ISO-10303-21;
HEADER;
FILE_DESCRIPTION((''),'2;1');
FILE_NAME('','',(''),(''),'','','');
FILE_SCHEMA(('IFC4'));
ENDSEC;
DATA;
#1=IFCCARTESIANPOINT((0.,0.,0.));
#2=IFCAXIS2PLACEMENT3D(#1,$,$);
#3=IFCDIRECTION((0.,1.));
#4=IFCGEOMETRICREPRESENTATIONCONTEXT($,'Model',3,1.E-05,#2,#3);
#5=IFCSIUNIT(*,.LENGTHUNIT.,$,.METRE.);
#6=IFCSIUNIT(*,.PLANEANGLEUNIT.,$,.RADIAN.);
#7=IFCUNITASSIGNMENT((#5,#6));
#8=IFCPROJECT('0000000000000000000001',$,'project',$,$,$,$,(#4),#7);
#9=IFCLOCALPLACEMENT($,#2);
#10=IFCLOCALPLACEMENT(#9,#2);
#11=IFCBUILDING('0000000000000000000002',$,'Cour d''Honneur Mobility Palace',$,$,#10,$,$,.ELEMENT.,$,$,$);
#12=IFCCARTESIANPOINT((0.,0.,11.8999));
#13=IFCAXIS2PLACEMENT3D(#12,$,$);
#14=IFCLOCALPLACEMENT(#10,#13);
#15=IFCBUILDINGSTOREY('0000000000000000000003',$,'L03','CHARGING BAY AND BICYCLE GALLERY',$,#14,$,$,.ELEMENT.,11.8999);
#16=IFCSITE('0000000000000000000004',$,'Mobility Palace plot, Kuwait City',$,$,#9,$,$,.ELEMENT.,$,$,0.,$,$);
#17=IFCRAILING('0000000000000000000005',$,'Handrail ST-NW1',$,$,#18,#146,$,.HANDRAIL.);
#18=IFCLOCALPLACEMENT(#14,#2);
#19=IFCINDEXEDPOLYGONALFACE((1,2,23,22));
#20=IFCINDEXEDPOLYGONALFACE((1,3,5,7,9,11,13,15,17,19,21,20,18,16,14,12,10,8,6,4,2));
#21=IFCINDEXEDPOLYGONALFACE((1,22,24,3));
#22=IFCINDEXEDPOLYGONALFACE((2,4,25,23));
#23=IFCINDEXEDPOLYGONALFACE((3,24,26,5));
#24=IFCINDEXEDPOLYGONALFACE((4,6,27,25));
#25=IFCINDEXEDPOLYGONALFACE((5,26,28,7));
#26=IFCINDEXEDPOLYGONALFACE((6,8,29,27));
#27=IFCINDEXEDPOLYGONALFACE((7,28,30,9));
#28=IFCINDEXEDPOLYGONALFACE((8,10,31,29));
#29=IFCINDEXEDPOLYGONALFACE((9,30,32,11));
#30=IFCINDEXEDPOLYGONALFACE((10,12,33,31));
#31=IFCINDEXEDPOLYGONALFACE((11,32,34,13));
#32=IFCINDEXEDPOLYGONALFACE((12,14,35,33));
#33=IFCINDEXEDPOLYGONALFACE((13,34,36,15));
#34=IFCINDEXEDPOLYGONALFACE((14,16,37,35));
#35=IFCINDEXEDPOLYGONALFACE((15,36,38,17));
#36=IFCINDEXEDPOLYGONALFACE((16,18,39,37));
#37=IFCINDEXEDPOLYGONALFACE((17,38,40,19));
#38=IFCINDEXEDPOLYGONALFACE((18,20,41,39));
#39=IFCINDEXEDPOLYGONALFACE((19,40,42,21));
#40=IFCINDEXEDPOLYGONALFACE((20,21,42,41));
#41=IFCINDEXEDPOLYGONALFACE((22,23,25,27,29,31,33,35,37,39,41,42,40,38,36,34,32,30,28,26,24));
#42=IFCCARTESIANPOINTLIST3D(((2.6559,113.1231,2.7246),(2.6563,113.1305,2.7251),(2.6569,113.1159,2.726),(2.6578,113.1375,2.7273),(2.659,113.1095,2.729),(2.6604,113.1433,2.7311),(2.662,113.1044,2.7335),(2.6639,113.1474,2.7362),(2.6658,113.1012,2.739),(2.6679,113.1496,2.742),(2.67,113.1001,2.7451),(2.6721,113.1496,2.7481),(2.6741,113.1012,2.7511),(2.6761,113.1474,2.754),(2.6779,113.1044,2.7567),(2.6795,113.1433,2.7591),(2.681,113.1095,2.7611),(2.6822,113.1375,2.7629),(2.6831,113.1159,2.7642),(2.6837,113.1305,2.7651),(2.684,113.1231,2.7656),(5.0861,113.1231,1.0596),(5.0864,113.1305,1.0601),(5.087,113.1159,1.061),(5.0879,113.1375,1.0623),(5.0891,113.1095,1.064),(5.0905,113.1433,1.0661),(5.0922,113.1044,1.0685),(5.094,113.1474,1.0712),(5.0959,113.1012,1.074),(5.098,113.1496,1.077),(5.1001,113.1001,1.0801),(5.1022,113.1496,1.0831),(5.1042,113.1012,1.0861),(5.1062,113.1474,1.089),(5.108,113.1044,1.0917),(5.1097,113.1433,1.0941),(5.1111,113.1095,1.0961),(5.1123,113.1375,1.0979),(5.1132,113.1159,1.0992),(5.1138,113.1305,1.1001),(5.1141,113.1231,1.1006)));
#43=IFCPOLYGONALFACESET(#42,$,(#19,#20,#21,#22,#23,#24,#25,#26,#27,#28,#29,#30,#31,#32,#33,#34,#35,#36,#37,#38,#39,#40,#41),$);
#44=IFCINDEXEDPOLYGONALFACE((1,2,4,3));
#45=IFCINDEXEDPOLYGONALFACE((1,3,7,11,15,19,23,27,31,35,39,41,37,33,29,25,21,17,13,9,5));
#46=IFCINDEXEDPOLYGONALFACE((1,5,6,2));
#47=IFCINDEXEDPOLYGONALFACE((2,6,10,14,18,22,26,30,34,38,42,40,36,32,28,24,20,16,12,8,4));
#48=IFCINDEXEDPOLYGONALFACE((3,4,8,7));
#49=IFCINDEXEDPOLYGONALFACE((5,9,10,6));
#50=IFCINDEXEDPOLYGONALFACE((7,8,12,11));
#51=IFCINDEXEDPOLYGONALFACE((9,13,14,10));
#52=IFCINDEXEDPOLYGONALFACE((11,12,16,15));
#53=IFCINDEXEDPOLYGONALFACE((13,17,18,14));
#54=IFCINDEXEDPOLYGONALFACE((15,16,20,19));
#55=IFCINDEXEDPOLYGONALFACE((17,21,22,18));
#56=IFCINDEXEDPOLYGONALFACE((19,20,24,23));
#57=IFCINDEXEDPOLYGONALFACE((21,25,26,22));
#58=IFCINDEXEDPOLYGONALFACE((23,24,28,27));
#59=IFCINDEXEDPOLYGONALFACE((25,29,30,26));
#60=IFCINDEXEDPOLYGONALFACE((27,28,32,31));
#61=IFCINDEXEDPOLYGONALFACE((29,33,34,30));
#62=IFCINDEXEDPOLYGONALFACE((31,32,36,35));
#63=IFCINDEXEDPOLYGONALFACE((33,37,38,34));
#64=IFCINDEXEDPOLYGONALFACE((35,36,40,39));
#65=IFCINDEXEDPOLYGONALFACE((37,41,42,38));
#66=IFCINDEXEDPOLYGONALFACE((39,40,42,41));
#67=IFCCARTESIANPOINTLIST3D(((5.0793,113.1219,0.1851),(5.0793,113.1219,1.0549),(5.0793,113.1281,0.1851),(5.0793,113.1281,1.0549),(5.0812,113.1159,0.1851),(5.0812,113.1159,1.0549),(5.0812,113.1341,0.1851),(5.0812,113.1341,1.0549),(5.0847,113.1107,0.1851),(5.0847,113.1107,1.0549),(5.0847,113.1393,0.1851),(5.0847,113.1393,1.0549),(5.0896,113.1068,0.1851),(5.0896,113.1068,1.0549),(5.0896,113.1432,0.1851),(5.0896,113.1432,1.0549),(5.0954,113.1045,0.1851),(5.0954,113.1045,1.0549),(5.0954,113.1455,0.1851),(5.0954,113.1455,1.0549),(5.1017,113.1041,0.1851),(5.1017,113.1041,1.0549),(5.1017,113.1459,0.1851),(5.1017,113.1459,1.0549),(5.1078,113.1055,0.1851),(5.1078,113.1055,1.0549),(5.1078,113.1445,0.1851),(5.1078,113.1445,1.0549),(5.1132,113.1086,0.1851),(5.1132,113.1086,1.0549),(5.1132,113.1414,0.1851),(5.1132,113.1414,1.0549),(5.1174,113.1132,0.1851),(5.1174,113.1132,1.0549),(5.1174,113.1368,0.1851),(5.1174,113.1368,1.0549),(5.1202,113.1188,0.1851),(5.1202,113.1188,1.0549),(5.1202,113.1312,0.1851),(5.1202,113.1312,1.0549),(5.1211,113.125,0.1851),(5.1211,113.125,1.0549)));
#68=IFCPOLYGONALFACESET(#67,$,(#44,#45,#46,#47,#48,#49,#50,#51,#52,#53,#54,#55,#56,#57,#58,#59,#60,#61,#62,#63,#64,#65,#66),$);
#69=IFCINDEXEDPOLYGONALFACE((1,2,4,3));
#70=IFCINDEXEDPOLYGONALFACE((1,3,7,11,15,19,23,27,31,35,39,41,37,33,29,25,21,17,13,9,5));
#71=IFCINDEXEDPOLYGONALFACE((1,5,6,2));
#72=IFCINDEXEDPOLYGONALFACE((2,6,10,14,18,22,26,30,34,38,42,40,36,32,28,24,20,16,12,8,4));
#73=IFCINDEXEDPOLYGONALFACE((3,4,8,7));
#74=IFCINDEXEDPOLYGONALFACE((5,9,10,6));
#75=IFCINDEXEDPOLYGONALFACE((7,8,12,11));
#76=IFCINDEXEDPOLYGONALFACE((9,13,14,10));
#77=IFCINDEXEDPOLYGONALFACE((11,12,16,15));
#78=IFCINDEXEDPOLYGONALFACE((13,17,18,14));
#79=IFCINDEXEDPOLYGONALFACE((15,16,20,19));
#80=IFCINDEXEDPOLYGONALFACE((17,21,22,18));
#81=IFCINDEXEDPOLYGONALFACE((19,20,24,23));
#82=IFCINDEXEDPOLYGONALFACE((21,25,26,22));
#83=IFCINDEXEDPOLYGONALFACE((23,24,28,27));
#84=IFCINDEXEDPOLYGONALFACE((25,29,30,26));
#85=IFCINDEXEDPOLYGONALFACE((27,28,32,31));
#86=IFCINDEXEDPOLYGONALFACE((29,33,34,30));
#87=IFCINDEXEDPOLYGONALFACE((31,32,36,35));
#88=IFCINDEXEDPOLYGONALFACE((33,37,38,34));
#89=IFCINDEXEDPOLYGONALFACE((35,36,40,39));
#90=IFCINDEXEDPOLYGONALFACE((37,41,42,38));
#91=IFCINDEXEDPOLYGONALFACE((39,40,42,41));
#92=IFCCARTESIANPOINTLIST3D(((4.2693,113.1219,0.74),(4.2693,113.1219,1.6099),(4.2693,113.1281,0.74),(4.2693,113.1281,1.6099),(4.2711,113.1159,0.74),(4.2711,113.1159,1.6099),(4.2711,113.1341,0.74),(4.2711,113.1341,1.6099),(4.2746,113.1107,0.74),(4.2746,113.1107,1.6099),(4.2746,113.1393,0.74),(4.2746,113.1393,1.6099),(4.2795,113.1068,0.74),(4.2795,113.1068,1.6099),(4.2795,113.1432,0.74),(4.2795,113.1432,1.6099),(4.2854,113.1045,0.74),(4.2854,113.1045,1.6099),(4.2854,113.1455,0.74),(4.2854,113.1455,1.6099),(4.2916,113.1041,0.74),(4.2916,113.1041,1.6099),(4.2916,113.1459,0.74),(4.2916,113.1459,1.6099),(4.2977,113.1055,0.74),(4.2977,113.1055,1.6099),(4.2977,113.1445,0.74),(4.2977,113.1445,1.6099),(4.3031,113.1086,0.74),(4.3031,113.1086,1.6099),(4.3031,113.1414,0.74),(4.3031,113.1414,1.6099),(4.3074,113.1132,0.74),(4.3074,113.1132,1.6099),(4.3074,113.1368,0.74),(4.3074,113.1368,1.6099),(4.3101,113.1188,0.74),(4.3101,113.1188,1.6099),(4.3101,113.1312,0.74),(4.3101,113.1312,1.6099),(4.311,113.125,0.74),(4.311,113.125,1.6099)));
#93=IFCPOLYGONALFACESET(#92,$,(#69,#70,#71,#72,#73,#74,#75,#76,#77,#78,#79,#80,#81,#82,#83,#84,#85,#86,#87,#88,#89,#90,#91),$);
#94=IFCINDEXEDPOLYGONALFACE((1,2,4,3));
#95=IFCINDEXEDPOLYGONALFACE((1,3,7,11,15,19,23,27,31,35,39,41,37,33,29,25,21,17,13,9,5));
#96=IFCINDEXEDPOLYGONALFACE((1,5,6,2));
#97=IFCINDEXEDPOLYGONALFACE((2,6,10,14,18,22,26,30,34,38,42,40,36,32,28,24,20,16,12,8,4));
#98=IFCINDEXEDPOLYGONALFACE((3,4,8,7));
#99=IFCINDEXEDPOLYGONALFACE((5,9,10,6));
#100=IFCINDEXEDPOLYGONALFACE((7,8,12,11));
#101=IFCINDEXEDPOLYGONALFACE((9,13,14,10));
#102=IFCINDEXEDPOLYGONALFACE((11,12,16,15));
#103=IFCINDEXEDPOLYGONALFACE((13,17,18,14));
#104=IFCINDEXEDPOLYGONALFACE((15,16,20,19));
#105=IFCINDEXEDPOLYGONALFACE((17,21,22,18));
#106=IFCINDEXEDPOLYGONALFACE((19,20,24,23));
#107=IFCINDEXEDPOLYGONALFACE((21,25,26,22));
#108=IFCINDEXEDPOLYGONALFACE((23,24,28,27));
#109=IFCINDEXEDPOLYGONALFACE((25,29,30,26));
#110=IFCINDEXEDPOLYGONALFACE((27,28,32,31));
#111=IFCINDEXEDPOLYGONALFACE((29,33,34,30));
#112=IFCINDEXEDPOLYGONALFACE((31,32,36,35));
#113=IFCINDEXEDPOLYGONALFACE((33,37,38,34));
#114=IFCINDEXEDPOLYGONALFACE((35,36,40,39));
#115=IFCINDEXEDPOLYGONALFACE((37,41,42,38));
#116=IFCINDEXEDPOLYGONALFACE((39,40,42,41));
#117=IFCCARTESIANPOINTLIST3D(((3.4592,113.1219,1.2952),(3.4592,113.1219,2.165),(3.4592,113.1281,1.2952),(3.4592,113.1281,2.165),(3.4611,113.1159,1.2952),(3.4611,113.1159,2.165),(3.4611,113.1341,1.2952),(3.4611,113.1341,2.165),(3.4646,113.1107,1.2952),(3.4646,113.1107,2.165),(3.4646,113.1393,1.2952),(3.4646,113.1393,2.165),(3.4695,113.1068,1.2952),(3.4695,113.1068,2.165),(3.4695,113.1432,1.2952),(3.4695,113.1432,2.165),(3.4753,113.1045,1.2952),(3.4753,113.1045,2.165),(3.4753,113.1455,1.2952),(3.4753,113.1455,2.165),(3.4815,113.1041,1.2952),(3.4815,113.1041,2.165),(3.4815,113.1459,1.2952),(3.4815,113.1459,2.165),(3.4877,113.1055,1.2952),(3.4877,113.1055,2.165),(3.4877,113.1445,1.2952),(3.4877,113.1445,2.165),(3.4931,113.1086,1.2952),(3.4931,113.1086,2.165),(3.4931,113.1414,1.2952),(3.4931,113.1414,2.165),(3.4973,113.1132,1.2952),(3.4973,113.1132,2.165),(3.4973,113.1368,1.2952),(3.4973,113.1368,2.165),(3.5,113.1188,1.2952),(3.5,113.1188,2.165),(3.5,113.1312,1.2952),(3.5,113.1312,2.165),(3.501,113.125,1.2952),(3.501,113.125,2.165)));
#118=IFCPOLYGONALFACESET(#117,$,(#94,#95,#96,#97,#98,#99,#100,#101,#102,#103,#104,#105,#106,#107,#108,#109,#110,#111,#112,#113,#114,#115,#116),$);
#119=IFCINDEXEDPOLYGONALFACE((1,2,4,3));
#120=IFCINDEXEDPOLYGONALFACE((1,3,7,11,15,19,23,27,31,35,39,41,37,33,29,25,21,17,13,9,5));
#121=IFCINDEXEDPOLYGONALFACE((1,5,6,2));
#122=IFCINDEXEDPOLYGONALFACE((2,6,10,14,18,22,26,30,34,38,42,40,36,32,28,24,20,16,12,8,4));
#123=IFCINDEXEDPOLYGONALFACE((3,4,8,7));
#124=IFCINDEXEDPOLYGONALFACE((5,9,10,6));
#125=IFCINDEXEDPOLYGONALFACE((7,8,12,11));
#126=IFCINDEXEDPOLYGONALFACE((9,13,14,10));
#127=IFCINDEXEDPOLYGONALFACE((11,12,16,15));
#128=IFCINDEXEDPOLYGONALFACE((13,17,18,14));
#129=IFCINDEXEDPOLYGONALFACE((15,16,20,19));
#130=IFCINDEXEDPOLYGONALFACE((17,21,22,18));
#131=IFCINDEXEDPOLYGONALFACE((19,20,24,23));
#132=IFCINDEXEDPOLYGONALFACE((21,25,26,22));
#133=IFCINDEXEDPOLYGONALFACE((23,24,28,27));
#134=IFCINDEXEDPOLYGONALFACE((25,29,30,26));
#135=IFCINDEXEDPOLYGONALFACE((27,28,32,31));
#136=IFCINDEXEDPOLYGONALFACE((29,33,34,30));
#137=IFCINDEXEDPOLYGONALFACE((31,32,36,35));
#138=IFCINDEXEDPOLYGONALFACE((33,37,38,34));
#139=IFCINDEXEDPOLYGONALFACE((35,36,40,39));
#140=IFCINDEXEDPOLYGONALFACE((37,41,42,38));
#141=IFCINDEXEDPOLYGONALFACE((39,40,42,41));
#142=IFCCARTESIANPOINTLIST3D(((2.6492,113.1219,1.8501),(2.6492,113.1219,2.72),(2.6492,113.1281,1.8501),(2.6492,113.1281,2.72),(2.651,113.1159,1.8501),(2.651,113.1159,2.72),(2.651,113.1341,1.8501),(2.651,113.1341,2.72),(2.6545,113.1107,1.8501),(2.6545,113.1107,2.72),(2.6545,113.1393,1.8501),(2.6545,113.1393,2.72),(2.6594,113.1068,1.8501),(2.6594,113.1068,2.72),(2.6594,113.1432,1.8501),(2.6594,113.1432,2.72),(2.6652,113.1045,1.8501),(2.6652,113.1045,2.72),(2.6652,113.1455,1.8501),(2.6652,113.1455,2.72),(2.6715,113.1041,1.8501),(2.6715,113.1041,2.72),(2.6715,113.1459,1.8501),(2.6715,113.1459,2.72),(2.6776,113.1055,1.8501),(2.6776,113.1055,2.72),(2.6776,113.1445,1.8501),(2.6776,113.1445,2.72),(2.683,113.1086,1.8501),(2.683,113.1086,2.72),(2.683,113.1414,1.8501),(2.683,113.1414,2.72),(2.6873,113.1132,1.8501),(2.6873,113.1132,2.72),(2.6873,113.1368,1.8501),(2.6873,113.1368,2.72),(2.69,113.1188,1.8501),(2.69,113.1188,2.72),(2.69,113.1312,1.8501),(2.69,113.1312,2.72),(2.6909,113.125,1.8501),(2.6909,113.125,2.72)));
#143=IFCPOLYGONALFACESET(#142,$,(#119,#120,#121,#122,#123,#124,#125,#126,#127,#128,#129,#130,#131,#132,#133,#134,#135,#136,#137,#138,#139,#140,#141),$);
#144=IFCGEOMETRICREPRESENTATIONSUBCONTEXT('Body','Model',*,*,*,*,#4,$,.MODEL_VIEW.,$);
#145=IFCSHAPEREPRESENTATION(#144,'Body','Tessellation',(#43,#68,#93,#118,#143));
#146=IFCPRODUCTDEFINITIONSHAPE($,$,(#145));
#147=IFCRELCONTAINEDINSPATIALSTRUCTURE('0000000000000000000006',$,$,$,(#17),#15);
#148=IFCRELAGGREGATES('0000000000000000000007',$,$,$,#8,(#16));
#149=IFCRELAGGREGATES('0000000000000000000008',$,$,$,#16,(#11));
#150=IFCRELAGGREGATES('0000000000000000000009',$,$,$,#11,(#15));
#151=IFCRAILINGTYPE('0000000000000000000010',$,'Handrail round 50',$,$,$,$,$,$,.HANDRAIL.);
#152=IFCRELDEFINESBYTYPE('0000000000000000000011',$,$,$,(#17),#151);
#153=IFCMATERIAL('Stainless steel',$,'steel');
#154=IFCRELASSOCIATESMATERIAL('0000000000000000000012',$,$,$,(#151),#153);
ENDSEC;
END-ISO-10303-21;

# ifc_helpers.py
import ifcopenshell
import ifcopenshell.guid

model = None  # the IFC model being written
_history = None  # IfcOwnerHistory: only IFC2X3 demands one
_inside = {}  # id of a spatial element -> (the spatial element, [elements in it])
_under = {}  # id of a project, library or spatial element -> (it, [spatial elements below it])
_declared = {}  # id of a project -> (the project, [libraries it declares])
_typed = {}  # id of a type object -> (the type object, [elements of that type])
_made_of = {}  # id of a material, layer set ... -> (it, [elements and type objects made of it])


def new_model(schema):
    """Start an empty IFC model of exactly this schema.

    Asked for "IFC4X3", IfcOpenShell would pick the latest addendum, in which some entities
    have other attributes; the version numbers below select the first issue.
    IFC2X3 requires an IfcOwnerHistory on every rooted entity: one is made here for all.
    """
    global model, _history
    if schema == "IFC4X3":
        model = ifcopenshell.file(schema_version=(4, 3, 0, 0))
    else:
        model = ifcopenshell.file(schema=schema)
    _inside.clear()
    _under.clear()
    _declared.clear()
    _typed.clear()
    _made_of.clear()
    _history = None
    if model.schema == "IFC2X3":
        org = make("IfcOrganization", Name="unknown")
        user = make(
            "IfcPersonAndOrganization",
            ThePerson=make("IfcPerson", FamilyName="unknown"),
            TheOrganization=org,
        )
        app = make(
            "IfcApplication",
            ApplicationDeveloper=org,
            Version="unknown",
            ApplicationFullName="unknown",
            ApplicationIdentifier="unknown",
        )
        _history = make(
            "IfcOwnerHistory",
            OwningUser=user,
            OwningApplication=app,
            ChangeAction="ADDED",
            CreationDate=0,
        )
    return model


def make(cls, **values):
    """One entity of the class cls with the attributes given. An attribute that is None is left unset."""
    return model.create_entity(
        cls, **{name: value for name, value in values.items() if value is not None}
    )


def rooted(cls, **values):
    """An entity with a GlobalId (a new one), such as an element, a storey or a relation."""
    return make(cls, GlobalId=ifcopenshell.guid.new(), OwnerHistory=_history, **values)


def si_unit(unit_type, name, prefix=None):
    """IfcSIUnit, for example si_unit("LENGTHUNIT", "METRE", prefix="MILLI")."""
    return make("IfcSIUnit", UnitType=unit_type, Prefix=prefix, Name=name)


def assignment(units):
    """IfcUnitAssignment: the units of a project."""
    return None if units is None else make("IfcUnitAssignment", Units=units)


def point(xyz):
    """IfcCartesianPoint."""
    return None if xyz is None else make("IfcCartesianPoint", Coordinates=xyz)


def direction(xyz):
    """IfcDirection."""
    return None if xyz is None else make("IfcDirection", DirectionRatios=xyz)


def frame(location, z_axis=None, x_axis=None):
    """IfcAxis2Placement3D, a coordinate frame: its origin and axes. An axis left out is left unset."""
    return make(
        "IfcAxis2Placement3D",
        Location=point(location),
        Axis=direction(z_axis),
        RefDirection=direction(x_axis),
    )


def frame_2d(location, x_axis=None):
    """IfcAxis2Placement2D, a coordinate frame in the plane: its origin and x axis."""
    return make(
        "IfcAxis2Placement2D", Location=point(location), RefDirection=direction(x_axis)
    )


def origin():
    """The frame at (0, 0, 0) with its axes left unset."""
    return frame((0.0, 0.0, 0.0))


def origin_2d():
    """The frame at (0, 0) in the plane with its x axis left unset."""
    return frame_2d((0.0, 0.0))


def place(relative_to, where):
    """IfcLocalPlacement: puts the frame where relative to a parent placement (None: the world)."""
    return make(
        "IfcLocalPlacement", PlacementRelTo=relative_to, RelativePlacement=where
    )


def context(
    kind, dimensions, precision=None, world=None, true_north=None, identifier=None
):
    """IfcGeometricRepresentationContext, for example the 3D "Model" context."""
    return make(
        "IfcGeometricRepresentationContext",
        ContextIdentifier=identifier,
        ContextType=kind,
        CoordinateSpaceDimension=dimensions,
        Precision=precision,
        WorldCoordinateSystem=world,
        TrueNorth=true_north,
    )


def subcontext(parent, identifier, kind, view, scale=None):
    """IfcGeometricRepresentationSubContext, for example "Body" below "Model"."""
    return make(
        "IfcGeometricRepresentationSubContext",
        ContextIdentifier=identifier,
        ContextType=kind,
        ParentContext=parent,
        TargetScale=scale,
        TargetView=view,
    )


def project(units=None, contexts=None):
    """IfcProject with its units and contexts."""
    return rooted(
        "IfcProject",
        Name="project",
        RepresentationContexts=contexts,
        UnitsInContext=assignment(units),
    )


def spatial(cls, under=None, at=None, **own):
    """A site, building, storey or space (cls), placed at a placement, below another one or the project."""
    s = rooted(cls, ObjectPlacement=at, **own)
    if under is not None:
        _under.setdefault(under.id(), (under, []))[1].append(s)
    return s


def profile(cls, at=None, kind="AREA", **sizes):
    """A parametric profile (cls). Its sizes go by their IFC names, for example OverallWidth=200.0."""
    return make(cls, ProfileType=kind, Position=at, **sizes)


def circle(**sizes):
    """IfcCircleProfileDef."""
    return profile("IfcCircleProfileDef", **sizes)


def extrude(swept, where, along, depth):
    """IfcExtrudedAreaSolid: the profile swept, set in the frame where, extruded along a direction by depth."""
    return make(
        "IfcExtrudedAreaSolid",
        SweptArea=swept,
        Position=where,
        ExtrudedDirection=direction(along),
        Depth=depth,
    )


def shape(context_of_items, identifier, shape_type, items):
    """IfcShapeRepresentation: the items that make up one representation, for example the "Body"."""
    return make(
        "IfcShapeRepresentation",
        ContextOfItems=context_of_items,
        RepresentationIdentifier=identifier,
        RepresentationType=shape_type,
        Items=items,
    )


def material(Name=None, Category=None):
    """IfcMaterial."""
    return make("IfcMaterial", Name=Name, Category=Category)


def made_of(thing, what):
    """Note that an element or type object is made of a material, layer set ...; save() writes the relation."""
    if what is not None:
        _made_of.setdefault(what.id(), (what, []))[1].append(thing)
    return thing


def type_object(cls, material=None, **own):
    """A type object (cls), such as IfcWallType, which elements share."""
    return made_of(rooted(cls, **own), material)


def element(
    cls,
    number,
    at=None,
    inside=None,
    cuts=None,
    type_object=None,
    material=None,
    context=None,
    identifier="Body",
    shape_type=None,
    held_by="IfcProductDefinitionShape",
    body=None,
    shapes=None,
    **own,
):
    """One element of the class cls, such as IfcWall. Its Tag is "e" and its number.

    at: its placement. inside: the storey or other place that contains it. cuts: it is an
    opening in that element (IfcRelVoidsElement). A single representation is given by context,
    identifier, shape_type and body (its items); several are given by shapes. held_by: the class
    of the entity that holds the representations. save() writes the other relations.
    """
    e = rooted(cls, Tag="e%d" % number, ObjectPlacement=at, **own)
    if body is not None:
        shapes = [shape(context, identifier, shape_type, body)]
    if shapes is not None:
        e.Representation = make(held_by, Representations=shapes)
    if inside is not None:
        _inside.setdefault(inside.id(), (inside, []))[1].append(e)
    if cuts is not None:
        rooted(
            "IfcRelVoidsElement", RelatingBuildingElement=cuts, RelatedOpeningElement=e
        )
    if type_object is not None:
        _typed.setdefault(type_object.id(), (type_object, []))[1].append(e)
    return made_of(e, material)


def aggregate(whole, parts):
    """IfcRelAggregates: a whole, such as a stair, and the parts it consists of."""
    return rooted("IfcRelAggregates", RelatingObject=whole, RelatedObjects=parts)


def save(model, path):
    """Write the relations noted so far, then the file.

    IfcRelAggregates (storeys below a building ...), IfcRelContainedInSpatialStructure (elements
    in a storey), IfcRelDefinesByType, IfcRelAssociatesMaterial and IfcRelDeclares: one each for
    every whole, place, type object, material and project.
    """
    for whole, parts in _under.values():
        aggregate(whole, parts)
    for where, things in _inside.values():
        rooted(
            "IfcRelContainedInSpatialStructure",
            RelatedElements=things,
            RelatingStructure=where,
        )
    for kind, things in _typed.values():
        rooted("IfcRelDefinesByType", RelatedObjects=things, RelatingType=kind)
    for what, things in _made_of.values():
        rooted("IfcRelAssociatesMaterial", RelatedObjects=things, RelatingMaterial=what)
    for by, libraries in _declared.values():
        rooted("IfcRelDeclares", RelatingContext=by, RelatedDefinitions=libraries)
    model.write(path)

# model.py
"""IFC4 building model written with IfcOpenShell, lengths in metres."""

from ifc_helpers import new_model, si_unit, direction, frame, origin, origin_2d, place, context, subcontext, project, spatial, circle, extrude, material, type_object, element, save


model = new_model("IFC4")

# Units and contexts
model_context = context("Model", 3, precision=1e-05, world=origin(), true_north=direction((0.0, 1.0)))
body_context = subcontext(model_context, "Body", "Model", "MODEL_VIEW")
ifc_project = project(units=[si_unit("LENGTHUNIT", "METRE"), si_unit("PLANEANGLEUNIT", "RADIAN")], contexts=[model_context])

# Site, building, storey
site_placement = place(None, origin())
site = spatial("IfcSite", under=ifc_project, at=site_placement, Name="Mobility Palace plot, Kuwait City", CompositionType="ELEMENT", RefElevation=0.0)
building_placement = place(site_placement, origin())
building = spatial("IfcBuilding", under=site, at=building_placement, Name="Cour d'Honneur Mobility Palace", CompositionType="ELEMENT")
storey_placement = place(building_placement, frame((0.0, 0.0, 11.8999)))
storey = spatial("IfcBuildingStorey", under=building, at=storey_placement, Name="L03", Description="CHARGING BAY AND BICYCLE GALLERY", CompositionType="ELEMENT", Elevation=11.8999)

# Railing
ifc_material_1 = material(Name="Stainless steel", Category="steel")
railing_type_1 = type_object("IfcRailingType", Name="Handrail round 50", PredefinedType="HANDRAIL", material=ifc_material_1)
for number, where, name in (
    (1, (5.1001, 113.125, 0.1851), "Handrail ST-NW1"),
):
    element("IfcRailing", number, at=place(storey_placement, frame(where)), inside=storey, type_object=railing_type_1, Name=name, PredefinedType="HANDRAIL", context=body_context, shape_type="SweptSolid", body=[
        extrude(circle(Radius=0.0249, at=origin_2d()), frame((0.0, 0.0, 0.895), z_axis=(-0.824945, 0.0, 0.565213), x_axis=(0.0, -1.0, 0.0)), (0.0, 0.0, 1.0), 2.9458),
        extrude(circle(Radius=0.021, at=origin_2d()), origin(), (0.0, 0.0, 1.0), 0.8699),
        extrude(circle(Radius=0.021, at=origin_2d()), frame((-0.8101, 0.0, 0.5549)), (0.0, 0.0, 1.0), 0.8699),
        extrude(circle(Radius=0.021, at=origin_2d()), frame((-1.6201, 0.0, 1.1101)), (0.0, 0.0, 1.0), 0.8699),
        extrude(circle(Radius=0.021, at=origin_2d()), frame((-2.4302, 0.0, 1.665)), (0.0, 0.0, 1.0), 0.8699),
    ])

save(model, "model.ifc")
